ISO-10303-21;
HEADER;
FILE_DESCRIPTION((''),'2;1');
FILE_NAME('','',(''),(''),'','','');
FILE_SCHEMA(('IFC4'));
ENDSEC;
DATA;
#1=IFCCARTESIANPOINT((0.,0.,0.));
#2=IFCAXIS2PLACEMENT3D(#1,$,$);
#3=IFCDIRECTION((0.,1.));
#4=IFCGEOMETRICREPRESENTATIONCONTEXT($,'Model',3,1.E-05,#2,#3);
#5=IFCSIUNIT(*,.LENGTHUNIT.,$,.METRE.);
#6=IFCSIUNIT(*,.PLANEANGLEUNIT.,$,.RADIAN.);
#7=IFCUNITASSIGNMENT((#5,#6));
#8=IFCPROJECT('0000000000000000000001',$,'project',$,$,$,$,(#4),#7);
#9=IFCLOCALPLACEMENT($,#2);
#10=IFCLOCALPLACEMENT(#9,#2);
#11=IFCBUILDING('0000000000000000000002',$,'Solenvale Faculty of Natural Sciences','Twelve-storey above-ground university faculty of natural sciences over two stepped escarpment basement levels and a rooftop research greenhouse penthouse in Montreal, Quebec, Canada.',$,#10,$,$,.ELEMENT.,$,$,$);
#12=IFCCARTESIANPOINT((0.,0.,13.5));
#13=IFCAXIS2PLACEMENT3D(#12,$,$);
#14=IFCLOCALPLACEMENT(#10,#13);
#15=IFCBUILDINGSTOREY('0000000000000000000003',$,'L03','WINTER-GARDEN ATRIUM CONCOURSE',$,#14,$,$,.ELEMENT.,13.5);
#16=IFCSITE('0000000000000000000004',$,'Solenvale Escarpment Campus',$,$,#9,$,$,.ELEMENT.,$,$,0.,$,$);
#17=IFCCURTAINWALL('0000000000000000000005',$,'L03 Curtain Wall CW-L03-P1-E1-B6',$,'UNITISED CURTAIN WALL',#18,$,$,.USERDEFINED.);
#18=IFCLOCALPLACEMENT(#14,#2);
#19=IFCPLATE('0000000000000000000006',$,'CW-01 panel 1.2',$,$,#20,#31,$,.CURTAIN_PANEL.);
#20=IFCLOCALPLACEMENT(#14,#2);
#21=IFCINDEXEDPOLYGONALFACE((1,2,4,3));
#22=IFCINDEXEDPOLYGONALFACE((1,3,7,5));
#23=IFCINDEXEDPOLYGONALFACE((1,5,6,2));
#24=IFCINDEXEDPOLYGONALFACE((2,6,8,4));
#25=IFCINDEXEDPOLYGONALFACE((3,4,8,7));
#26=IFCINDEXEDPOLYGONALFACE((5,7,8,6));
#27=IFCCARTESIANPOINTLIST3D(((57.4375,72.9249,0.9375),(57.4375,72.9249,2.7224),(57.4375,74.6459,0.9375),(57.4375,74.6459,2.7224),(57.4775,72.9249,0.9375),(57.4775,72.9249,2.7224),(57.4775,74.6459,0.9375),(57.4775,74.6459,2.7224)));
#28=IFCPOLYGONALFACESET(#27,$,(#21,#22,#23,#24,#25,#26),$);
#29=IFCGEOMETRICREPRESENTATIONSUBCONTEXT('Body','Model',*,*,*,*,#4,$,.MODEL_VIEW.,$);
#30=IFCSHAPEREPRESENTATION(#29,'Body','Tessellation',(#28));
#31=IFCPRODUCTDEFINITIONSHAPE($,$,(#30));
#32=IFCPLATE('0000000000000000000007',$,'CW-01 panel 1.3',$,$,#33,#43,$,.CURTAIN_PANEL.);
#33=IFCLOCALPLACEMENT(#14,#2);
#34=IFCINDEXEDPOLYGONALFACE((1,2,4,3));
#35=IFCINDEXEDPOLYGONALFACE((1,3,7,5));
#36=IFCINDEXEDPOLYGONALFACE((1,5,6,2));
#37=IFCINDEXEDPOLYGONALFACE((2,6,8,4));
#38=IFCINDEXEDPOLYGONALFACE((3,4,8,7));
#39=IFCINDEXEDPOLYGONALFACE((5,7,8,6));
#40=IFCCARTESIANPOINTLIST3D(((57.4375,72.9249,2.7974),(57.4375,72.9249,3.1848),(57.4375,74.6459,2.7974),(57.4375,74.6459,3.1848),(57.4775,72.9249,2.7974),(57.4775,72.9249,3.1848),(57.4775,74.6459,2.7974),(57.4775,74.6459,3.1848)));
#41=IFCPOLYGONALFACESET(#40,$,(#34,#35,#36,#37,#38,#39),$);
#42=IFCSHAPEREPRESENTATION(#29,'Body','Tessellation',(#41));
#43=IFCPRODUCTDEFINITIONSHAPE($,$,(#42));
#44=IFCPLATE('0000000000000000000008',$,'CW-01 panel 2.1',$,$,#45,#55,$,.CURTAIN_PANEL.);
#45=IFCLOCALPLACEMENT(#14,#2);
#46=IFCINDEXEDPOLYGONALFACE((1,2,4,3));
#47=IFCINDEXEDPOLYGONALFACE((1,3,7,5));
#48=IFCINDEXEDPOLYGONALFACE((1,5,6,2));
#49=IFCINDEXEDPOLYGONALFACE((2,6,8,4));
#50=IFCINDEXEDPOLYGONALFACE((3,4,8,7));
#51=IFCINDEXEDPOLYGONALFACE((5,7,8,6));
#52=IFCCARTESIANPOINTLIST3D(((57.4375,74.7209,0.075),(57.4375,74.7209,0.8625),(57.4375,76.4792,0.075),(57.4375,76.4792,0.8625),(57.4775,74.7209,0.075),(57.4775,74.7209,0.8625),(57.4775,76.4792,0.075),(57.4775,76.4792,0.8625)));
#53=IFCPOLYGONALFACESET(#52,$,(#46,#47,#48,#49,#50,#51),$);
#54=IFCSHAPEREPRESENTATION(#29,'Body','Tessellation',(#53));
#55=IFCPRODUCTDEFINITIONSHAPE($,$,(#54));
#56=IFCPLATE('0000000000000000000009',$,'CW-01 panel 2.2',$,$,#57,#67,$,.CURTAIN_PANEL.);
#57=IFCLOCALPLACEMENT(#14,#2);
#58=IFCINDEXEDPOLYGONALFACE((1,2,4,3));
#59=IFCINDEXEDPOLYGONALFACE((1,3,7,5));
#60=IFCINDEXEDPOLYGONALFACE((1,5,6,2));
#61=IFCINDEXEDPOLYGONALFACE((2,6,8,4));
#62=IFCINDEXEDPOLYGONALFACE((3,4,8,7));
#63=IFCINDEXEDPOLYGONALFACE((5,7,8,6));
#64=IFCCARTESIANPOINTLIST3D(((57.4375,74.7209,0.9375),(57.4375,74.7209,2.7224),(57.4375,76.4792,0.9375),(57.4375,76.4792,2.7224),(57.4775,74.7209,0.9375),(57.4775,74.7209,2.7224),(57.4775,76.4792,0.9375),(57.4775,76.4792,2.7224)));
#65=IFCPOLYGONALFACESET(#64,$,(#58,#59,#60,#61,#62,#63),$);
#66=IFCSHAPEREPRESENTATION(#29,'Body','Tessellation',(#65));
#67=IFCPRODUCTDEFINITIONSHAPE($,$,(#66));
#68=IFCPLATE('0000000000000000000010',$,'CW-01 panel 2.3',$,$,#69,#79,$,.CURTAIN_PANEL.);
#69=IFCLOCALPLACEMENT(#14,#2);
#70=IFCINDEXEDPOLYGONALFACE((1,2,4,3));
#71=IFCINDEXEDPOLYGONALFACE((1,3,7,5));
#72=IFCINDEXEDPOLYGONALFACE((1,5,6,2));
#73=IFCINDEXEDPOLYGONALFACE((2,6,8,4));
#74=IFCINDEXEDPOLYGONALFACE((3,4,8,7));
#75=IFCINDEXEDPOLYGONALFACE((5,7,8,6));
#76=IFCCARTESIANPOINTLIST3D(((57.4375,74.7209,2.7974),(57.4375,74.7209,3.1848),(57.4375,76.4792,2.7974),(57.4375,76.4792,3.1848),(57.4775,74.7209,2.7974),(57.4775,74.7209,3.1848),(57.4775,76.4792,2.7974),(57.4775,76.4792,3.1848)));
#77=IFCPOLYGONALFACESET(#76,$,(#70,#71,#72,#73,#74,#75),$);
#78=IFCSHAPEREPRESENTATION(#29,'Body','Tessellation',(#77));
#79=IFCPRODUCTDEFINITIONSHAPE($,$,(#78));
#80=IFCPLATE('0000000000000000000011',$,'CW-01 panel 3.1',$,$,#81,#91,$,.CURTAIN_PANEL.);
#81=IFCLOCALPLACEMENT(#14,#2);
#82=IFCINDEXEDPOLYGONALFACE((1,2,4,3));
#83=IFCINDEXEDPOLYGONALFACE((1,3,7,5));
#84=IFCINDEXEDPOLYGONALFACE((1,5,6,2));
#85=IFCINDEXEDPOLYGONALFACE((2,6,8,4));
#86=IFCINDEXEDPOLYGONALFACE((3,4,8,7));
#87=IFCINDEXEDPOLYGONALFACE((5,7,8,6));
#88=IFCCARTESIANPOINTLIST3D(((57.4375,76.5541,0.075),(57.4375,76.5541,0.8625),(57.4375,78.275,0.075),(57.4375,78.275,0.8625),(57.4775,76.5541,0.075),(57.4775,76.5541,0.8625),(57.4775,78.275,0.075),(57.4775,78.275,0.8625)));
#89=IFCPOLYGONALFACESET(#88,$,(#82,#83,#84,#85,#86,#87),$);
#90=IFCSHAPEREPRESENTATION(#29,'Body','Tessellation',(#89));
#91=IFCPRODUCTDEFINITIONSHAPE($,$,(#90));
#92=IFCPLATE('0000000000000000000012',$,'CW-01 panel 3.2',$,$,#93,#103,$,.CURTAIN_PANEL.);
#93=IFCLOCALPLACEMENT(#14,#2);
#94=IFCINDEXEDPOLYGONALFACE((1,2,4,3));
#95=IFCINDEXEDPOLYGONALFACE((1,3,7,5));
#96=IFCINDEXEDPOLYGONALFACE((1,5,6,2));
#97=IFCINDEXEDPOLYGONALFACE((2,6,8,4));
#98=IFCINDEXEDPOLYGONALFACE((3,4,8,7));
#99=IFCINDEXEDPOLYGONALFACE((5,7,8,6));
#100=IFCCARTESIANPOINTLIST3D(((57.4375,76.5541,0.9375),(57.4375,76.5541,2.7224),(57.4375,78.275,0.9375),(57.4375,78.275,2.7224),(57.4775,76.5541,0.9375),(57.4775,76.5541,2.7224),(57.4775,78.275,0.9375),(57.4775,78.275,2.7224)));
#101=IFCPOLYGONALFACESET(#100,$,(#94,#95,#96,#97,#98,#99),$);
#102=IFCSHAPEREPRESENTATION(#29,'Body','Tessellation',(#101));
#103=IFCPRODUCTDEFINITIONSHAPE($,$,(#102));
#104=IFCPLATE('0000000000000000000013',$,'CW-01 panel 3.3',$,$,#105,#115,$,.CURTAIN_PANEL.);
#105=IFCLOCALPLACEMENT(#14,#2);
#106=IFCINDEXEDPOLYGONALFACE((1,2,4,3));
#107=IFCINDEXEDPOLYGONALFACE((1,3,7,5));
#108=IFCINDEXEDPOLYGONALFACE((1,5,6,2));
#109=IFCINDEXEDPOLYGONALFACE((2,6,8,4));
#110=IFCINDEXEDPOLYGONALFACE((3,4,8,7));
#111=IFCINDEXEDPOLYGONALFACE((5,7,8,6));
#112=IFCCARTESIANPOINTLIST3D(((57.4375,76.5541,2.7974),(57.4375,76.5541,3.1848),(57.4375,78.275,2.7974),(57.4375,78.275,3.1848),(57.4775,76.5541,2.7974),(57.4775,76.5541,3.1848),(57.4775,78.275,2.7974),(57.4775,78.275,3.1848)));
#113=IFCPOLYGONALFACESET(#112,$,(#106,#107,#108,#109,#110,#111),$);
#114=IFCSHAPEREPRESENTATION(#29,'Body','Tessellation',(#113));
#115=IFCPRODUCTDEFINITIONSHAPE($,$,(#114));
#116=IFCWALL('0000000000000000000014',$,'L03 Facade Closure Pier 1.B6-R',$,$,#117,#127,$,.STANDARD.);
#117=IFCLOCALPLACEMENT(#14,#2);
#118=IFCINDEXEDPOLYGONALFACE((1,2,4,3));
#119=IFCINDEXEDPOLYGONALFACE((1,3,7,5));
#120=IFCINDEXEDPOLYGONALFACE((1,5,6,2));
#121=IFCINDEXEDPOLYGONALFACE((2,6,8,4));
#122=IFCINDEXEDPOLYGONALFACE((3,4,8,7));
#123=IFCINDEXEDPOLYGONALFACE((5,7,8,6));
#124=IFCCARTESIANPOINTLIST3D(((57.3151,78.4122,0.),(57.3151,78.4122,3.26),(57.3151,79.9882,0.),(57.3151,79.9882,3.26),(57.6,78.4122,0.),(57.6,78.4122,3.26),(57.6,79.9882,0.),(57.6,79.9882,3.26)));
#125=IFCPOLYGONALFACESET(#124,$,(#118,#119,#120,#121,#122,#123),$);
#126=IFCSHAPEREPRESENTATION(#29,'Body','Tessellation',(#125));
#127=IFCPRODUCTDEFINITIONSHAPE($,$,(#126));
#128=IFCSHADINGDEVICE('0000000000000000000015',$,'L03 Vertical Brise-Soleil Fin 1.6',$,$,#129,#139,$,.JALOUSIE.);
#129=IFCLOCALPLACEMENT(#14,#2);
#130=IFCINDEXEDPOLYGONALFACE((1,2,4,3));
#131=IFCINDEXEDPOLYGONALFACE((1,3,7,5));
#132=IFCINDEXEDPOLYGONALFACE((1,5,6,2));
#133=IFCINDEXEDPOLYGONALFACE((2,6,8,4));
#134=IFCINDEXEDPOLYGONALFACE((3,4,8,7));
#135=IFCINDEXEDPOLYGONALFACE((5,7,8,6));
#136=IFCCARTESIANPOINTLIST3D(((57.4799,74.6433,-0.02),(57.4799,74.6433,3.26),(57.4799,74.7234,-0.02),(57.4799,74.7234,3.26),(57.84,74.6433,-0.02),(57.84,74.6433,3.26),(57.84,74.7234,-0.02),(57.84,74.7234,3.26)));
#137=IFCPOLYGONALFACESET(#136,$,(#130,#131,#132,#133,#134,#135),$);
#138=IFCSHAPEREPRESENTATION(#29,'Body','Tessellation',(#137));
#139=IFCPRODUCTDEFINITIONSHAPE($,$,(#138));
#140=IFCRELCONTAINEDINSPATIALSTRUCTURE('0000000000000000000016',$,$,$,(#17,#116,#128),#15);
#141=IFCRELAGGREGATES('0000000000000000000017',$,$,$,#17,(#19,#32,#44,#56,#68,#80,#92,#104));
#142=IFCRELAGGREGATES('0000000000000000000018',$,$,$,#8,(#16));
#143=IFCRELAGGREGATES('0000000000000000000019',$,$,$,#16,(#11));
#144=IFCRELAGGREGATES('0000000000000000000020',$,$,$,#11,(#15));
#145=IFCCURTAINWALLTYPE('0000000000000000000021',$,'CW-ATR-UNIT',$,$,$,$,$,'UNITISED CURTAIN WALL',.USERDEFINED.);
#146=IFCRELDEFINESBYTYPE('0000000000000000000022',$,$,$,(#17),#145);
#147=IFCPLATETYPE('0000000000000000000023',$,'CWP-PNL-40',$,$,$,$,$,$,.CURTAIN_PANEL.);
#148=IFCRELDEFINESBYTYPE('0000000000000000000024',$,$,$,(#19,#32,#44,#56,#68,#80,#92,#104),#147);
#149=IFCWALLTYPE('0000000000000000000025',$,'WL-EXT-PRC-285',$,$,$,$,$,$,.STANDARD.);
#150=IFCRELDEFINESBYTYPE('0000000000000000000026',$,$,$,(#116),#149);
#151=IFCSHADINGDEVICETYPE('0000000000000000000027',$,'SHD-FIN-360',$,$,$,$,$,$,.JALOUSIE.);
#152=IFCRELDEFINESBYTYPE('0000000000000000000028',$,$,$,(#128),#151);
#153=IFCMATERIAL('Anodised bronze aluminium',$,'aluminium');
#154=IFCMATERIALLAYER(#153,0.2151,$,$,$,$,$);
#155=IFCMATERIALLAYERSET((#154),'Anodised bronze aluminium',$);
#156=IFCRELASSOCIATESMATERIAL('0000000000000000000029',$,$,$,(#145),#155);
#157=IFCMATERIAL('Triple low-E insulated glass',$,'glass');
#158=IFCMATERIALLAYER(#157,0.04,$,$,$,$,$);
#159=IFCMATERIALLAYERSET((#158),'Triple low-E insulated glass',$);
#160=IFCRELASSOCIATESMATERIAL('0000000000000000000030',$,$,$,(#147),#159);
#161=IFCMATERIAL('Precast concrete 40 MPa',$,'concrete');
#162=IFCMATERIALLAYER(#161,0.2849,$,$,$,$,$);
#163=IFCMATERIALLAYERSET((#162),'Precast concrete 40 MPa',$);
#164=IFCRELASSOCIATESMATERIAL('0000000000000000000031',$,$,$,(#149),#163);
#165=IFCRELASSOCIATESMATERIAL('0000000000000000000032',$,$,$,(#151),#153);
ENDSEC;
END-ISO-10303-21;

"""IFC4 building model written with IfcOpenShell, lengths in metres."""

from ifc_helpers import new_model, si_unit, direction, frame, frame_2d, origin, origin_2d, place, context, subcontext, project, spatial, rectangle, extrude, material, layer, layer_set, material_profile, profile_set, type_object, element, aggregate, save


model = new_model("IFC4")

# Units and contexts
model_context = context("Model", 3, precision=1e-05, world=origin(), true_north=direction((0.0, 1.0)))
body_context = subcontext(model_context, "Body", "Model", "MODEL_VIEW")
ifc_project = project(units=[si_unit("LENGTHUNIT", "METRE"), si_unit("PLANEANGLEUNIT", "RADIAN")], contexts=[model_context])

# Site, building, storey
site_placement = place(None, origin())
site = spatial("IfcSite", under=ifc_project, at=site_placement, Name="Solenvale Escarpment Campus", CompositionType="ELEMENT", RefElevation=0.0)
building_placement = place(site_placement, origin())
building = spatial("IfcBuilding", under=site, at=building_placement, Name="Solenvale Faculty of Natural Sciences", Description="Twelve-storey above-ground university faculty of natural sciences over two stepped escarpment basement levels and a rooftop research greenhouse penthouse in Montreal, Quebec, Canada.", CompositionType="ELEMENT")
storey_placement = place(building_placement, frame((0.0, 0.0, 13.5)))
storey = spatial("IfcBuildingStorey", under=building, at=storey_placement, Name="L03", Description="WINTER-GARDEN ATRIUM CONCOURSE", CompositionType="ELEMENT", Elevation=13.5)

# Curtain wall, plates
ifc_material_1 = material(Name="Anodised bronze aluminium", Category="aluminium")
ifc_layer_1 = layer(ifc_material_1, 0.2151)
ifc_layer_set_1 = layer_set([ifc_layer_1], Name="Anodised bronze aluminium")
curtain_wall_type = type_object("IfcCurtainWallType", Name="CW-ATR-UNIT", ElementType="UNITISED CURTAIN WALL", PredefinedType="USERDEFINED", material=ifc_layer_set_1)
curtain_wall_placement = place(storey_placement, origin())
curtain_wall = element("IfcCurtainWall", 1, at=curtain_wall_placement, inside=storey, type_object=curtain_wall_type, Name="L03 Curtain Wall CW-L03-P1-E1-B6", ObjectType="UNITISED CURTAIN WALL", PredefinedType="USERDEFINED")
ifc_material_2 = material(Name="Triple low-E insulated glass", Category="glass")
ifc_layer_2 = layer(ifc_material_2, 0.04)
ifc_layer_set_2 = layer_set([ifc_layer_2], Name="Triple low-E insulated glass")
plate_type = type_object("IfcPlateType", Name="CWP-PNL-40", PredefinedType="CURTAIN_PANEL", material=ifc_layer_set_2)
plate_1_placement = place(storey_placement, frame((57.4575, 73.7854, 0.9375), z_axis=(0.0, 0.0, 1.0), x_axis=(0.0, 1.0, 0.0)))
plate_1 = element("IfcPlate", 2, at=plate_1_placement, type_object=plate_type, Name="CW-01 panel 1.2", PredefinedType="CURTAIN_PANEL", context=body_context, shape_type="SweptSolid", body=[
    extrude(rectangle(XDim=1.7209, YDim=0.04, at=origin_2d()), origin(), (0.0, 0.0, 1.0), 1.7849),
])
plate_2_placement = place(storey_placement, frame((57.4575, 73.7854, 2.7974), z_axis=(0.0, 0.0, 1.0), x_axis=(0.0, 1.0, 0.0)))
plate_2 = element("IfcPlate", 3, at=plate_2_placement, type_object=plate_type, Name="CW-01 panel 1.3", PredefinedType="CURTAIN_PANEL", context=body_context, shape_type="SweptSolid", body=[
    extrude(rectangle(XDim=1.7209, YDim=0.04, at=origin_2d()), origin(), (0.0, 0.0, 1.0), 0.3875),
])
plate_3_placement = place(storey_placement, frame((57.4575, 75.6001, 0.075), z_axis=(0.0, 0.0, 1.0), x_axis=(0.0, 1.0, 0.0)))
plate_3 = element("IfcPlate", 4, at=plate_3_placement, type_object=plate_type, Name="CW-01 panel 2.1", PredefinedType="CURTAIN_PANEL", context=body_context, shape_type="SweptSolid", body=[
    extrude(rectangle(XDim=1.7583, YDim=0.04, at=origin_2d()), origin(), (0.0, 0.0, 1.0), 0.7876),
])
plate_4_placement = place(storey_placement, frame((57.4575, 75.6001, 0.9375), z_axis=(0.0, 0.0, 1.0), x_axis=(0.0, 1.0, 0.0)))
plate_4 = element("IfcPlate", 5, at=plate_4_placement, type_object=plate_type, Name="CW-01 panel 2.2", PredefinedType="CURTAIN_PANEL", context=body_context, shape_type="SweptSolid", body=[
    extrude(rectangle(XDim=1.7583, YDim=0.04, at=origin_2d()), origin(), (0.0, 0.0, 1.0), 1.7849),
])
plate_5_placement = place(storey_placement, frame((57.4575, 75.6001, 2.7974), z_axis=(0.0, 0.0, 1.0), x_axis=(0.0, 1.0, 0.0)))
plate_5 = element("IfcPlate", 6, at=plate_5_placement, type_object=plate_type, Name="CW-01 panel 2.3", PredefinedType="CURTAIN_PANEL", context=body_context, shape_type="SweptSolid", body=[
    extrude(rectangle(XDim=1.7583, YDim=0.04, at=origin_2d()), origin(), (0.0, 0.0, 1.0), 0.3875),
])
plate_6_placement = place(storey_placement, frame((57.4575, 77.4146, 0.075), z_axis=(0.0, 0.0, 1.0), x_axis=(0.0, 1.0, 0.0)))
plate_6 = element("IfcPlate", 7, at=plate_6_placement, type_object=plate_type, Name="CW-01 panel 3.1", PredefinedType="CURTAIN_PANEL", context=body_context, shape_type="SweptSolid", body=[
    extrude(rectangle(XDim=1.7209, YDim=0.04, at=origin_2d()), origin(), (0.0, 0.0, 1.0), 0.7876),
])
plate_7_placement = place(storey_placement, frame((57.4575, 77.4146, 0.9375), z_axis=(0.0, 0.0, 1.0), x_axis=(0.0, 1.0, 0.0)))
plate_7 = element("IfcPlate", 8, at=plate_7_placement, type_object=plate_type, Name="CW-01 panel 3.2", PredefinedType="CURTAIN_PANEL", context=body_context, shape_type="SweptSolid", body=[
    extrude(rectangle(XDim=1.7209, YDim=0.04, at=origin_2d()), origin(), (0.0, 0.0, 1.0), 1.7849),
])
plate_8_placement = place(storey_placement, frame((57.4575, 77.4146, 2.7974), z_axis=(0.0, 0.0, 1.0), x_axis=(0.0, 1.0, 0.0)))
plate_8 = element("IfcPlate", 9, at=plate_8_placement, type_object=plate_type, Name="CW-01 panel 3.3", PredefinedType="CURTAIN_PANEL", context=body_context, shape_type="SweptSolid", body=[
    extrude(rectangle(XDim=1.7209, YDim=0.04, at=origin_2d()), origin(), (0.0, 0.0, 1.0), 0.3875),
])
aggregate(curtain_wall, [plate_1, plate_2, plate_3, plate_4, plate_5, plate_6, plate_7, plate_8])

# Wall
ifc_material_3 = material(Name="Precast concrete 40 MPa", Category="concrete")
ifc_layer_3 = layer(ifc_material_3, 0.2849)
ifc_layer_set_3 = layer_set([ifc_layer_3], Name="Precast concrete 40 MPa")
wall_type = type_object("IfcWallType", Name="WL-EXT-PRC-285", PredefinedType="STANDARD", material=ifc_layer_set_3)
wall_placement = place(storey_placement, frame((57.4575, 78.4121, 0.0), z_axis=(0.0, 0.0, 1.0), x_axis=(0.0, 1.0, 0.0)))
element("IfcWall", 10, at=wall_placement, inside=storey, type_object=wall_type, Name="L03 Facade Closure Pier 1.B6-R", PredefinedType="STANDARD", context=body_context, shape_type="SweptSolid", body=[
    extrude(rectangle(XDim=1.5759, YDim=0.2849, at=frame_2d((0.7881, 0.0))), origin(), (0.0, 0.0, 1.0), 3.26),
])

# Shading device
ifc_material_profile_1 = material_profile(ifc_material_1, rectangle(XDim=0.0801, YDim=0.3601, at=origin_2d()), Name="ALU-FIN-80x360")
ifc_profile_set_1 = profile_set([ifc_material_profile_1], Name="Anodised bronze aluminium")
shading_device_type = type_object("IfcShadingDeviceType", Name="SHD-FIN-360", PredefinedType="JALOUSIE", material=ifc_profile_set_1)
shading_device_placement = place(storey_placement, frame((57.6599, 74.6833, -0.02), z_axis=(0.0, 0.0, 1.0), x_axis=(0.0, 1.0, 0.0)))
element("IfcShadingDevice", 11, at=shading_device_placement, inside=storey, type_object=shading_device_type, Name="L03 Vertical Brise-Soleil Fin 1.6", PredefinedType="JALOUSIE", context=body_context, shape_type="SweptSolid", body=[
    extrude(rectangle(XDim=0.0801, YDim=0.3601, at=origin_2d()), origin(), (0.0, 0.0, 1.0), 3.28),
])

save(model, "model.ifc")
